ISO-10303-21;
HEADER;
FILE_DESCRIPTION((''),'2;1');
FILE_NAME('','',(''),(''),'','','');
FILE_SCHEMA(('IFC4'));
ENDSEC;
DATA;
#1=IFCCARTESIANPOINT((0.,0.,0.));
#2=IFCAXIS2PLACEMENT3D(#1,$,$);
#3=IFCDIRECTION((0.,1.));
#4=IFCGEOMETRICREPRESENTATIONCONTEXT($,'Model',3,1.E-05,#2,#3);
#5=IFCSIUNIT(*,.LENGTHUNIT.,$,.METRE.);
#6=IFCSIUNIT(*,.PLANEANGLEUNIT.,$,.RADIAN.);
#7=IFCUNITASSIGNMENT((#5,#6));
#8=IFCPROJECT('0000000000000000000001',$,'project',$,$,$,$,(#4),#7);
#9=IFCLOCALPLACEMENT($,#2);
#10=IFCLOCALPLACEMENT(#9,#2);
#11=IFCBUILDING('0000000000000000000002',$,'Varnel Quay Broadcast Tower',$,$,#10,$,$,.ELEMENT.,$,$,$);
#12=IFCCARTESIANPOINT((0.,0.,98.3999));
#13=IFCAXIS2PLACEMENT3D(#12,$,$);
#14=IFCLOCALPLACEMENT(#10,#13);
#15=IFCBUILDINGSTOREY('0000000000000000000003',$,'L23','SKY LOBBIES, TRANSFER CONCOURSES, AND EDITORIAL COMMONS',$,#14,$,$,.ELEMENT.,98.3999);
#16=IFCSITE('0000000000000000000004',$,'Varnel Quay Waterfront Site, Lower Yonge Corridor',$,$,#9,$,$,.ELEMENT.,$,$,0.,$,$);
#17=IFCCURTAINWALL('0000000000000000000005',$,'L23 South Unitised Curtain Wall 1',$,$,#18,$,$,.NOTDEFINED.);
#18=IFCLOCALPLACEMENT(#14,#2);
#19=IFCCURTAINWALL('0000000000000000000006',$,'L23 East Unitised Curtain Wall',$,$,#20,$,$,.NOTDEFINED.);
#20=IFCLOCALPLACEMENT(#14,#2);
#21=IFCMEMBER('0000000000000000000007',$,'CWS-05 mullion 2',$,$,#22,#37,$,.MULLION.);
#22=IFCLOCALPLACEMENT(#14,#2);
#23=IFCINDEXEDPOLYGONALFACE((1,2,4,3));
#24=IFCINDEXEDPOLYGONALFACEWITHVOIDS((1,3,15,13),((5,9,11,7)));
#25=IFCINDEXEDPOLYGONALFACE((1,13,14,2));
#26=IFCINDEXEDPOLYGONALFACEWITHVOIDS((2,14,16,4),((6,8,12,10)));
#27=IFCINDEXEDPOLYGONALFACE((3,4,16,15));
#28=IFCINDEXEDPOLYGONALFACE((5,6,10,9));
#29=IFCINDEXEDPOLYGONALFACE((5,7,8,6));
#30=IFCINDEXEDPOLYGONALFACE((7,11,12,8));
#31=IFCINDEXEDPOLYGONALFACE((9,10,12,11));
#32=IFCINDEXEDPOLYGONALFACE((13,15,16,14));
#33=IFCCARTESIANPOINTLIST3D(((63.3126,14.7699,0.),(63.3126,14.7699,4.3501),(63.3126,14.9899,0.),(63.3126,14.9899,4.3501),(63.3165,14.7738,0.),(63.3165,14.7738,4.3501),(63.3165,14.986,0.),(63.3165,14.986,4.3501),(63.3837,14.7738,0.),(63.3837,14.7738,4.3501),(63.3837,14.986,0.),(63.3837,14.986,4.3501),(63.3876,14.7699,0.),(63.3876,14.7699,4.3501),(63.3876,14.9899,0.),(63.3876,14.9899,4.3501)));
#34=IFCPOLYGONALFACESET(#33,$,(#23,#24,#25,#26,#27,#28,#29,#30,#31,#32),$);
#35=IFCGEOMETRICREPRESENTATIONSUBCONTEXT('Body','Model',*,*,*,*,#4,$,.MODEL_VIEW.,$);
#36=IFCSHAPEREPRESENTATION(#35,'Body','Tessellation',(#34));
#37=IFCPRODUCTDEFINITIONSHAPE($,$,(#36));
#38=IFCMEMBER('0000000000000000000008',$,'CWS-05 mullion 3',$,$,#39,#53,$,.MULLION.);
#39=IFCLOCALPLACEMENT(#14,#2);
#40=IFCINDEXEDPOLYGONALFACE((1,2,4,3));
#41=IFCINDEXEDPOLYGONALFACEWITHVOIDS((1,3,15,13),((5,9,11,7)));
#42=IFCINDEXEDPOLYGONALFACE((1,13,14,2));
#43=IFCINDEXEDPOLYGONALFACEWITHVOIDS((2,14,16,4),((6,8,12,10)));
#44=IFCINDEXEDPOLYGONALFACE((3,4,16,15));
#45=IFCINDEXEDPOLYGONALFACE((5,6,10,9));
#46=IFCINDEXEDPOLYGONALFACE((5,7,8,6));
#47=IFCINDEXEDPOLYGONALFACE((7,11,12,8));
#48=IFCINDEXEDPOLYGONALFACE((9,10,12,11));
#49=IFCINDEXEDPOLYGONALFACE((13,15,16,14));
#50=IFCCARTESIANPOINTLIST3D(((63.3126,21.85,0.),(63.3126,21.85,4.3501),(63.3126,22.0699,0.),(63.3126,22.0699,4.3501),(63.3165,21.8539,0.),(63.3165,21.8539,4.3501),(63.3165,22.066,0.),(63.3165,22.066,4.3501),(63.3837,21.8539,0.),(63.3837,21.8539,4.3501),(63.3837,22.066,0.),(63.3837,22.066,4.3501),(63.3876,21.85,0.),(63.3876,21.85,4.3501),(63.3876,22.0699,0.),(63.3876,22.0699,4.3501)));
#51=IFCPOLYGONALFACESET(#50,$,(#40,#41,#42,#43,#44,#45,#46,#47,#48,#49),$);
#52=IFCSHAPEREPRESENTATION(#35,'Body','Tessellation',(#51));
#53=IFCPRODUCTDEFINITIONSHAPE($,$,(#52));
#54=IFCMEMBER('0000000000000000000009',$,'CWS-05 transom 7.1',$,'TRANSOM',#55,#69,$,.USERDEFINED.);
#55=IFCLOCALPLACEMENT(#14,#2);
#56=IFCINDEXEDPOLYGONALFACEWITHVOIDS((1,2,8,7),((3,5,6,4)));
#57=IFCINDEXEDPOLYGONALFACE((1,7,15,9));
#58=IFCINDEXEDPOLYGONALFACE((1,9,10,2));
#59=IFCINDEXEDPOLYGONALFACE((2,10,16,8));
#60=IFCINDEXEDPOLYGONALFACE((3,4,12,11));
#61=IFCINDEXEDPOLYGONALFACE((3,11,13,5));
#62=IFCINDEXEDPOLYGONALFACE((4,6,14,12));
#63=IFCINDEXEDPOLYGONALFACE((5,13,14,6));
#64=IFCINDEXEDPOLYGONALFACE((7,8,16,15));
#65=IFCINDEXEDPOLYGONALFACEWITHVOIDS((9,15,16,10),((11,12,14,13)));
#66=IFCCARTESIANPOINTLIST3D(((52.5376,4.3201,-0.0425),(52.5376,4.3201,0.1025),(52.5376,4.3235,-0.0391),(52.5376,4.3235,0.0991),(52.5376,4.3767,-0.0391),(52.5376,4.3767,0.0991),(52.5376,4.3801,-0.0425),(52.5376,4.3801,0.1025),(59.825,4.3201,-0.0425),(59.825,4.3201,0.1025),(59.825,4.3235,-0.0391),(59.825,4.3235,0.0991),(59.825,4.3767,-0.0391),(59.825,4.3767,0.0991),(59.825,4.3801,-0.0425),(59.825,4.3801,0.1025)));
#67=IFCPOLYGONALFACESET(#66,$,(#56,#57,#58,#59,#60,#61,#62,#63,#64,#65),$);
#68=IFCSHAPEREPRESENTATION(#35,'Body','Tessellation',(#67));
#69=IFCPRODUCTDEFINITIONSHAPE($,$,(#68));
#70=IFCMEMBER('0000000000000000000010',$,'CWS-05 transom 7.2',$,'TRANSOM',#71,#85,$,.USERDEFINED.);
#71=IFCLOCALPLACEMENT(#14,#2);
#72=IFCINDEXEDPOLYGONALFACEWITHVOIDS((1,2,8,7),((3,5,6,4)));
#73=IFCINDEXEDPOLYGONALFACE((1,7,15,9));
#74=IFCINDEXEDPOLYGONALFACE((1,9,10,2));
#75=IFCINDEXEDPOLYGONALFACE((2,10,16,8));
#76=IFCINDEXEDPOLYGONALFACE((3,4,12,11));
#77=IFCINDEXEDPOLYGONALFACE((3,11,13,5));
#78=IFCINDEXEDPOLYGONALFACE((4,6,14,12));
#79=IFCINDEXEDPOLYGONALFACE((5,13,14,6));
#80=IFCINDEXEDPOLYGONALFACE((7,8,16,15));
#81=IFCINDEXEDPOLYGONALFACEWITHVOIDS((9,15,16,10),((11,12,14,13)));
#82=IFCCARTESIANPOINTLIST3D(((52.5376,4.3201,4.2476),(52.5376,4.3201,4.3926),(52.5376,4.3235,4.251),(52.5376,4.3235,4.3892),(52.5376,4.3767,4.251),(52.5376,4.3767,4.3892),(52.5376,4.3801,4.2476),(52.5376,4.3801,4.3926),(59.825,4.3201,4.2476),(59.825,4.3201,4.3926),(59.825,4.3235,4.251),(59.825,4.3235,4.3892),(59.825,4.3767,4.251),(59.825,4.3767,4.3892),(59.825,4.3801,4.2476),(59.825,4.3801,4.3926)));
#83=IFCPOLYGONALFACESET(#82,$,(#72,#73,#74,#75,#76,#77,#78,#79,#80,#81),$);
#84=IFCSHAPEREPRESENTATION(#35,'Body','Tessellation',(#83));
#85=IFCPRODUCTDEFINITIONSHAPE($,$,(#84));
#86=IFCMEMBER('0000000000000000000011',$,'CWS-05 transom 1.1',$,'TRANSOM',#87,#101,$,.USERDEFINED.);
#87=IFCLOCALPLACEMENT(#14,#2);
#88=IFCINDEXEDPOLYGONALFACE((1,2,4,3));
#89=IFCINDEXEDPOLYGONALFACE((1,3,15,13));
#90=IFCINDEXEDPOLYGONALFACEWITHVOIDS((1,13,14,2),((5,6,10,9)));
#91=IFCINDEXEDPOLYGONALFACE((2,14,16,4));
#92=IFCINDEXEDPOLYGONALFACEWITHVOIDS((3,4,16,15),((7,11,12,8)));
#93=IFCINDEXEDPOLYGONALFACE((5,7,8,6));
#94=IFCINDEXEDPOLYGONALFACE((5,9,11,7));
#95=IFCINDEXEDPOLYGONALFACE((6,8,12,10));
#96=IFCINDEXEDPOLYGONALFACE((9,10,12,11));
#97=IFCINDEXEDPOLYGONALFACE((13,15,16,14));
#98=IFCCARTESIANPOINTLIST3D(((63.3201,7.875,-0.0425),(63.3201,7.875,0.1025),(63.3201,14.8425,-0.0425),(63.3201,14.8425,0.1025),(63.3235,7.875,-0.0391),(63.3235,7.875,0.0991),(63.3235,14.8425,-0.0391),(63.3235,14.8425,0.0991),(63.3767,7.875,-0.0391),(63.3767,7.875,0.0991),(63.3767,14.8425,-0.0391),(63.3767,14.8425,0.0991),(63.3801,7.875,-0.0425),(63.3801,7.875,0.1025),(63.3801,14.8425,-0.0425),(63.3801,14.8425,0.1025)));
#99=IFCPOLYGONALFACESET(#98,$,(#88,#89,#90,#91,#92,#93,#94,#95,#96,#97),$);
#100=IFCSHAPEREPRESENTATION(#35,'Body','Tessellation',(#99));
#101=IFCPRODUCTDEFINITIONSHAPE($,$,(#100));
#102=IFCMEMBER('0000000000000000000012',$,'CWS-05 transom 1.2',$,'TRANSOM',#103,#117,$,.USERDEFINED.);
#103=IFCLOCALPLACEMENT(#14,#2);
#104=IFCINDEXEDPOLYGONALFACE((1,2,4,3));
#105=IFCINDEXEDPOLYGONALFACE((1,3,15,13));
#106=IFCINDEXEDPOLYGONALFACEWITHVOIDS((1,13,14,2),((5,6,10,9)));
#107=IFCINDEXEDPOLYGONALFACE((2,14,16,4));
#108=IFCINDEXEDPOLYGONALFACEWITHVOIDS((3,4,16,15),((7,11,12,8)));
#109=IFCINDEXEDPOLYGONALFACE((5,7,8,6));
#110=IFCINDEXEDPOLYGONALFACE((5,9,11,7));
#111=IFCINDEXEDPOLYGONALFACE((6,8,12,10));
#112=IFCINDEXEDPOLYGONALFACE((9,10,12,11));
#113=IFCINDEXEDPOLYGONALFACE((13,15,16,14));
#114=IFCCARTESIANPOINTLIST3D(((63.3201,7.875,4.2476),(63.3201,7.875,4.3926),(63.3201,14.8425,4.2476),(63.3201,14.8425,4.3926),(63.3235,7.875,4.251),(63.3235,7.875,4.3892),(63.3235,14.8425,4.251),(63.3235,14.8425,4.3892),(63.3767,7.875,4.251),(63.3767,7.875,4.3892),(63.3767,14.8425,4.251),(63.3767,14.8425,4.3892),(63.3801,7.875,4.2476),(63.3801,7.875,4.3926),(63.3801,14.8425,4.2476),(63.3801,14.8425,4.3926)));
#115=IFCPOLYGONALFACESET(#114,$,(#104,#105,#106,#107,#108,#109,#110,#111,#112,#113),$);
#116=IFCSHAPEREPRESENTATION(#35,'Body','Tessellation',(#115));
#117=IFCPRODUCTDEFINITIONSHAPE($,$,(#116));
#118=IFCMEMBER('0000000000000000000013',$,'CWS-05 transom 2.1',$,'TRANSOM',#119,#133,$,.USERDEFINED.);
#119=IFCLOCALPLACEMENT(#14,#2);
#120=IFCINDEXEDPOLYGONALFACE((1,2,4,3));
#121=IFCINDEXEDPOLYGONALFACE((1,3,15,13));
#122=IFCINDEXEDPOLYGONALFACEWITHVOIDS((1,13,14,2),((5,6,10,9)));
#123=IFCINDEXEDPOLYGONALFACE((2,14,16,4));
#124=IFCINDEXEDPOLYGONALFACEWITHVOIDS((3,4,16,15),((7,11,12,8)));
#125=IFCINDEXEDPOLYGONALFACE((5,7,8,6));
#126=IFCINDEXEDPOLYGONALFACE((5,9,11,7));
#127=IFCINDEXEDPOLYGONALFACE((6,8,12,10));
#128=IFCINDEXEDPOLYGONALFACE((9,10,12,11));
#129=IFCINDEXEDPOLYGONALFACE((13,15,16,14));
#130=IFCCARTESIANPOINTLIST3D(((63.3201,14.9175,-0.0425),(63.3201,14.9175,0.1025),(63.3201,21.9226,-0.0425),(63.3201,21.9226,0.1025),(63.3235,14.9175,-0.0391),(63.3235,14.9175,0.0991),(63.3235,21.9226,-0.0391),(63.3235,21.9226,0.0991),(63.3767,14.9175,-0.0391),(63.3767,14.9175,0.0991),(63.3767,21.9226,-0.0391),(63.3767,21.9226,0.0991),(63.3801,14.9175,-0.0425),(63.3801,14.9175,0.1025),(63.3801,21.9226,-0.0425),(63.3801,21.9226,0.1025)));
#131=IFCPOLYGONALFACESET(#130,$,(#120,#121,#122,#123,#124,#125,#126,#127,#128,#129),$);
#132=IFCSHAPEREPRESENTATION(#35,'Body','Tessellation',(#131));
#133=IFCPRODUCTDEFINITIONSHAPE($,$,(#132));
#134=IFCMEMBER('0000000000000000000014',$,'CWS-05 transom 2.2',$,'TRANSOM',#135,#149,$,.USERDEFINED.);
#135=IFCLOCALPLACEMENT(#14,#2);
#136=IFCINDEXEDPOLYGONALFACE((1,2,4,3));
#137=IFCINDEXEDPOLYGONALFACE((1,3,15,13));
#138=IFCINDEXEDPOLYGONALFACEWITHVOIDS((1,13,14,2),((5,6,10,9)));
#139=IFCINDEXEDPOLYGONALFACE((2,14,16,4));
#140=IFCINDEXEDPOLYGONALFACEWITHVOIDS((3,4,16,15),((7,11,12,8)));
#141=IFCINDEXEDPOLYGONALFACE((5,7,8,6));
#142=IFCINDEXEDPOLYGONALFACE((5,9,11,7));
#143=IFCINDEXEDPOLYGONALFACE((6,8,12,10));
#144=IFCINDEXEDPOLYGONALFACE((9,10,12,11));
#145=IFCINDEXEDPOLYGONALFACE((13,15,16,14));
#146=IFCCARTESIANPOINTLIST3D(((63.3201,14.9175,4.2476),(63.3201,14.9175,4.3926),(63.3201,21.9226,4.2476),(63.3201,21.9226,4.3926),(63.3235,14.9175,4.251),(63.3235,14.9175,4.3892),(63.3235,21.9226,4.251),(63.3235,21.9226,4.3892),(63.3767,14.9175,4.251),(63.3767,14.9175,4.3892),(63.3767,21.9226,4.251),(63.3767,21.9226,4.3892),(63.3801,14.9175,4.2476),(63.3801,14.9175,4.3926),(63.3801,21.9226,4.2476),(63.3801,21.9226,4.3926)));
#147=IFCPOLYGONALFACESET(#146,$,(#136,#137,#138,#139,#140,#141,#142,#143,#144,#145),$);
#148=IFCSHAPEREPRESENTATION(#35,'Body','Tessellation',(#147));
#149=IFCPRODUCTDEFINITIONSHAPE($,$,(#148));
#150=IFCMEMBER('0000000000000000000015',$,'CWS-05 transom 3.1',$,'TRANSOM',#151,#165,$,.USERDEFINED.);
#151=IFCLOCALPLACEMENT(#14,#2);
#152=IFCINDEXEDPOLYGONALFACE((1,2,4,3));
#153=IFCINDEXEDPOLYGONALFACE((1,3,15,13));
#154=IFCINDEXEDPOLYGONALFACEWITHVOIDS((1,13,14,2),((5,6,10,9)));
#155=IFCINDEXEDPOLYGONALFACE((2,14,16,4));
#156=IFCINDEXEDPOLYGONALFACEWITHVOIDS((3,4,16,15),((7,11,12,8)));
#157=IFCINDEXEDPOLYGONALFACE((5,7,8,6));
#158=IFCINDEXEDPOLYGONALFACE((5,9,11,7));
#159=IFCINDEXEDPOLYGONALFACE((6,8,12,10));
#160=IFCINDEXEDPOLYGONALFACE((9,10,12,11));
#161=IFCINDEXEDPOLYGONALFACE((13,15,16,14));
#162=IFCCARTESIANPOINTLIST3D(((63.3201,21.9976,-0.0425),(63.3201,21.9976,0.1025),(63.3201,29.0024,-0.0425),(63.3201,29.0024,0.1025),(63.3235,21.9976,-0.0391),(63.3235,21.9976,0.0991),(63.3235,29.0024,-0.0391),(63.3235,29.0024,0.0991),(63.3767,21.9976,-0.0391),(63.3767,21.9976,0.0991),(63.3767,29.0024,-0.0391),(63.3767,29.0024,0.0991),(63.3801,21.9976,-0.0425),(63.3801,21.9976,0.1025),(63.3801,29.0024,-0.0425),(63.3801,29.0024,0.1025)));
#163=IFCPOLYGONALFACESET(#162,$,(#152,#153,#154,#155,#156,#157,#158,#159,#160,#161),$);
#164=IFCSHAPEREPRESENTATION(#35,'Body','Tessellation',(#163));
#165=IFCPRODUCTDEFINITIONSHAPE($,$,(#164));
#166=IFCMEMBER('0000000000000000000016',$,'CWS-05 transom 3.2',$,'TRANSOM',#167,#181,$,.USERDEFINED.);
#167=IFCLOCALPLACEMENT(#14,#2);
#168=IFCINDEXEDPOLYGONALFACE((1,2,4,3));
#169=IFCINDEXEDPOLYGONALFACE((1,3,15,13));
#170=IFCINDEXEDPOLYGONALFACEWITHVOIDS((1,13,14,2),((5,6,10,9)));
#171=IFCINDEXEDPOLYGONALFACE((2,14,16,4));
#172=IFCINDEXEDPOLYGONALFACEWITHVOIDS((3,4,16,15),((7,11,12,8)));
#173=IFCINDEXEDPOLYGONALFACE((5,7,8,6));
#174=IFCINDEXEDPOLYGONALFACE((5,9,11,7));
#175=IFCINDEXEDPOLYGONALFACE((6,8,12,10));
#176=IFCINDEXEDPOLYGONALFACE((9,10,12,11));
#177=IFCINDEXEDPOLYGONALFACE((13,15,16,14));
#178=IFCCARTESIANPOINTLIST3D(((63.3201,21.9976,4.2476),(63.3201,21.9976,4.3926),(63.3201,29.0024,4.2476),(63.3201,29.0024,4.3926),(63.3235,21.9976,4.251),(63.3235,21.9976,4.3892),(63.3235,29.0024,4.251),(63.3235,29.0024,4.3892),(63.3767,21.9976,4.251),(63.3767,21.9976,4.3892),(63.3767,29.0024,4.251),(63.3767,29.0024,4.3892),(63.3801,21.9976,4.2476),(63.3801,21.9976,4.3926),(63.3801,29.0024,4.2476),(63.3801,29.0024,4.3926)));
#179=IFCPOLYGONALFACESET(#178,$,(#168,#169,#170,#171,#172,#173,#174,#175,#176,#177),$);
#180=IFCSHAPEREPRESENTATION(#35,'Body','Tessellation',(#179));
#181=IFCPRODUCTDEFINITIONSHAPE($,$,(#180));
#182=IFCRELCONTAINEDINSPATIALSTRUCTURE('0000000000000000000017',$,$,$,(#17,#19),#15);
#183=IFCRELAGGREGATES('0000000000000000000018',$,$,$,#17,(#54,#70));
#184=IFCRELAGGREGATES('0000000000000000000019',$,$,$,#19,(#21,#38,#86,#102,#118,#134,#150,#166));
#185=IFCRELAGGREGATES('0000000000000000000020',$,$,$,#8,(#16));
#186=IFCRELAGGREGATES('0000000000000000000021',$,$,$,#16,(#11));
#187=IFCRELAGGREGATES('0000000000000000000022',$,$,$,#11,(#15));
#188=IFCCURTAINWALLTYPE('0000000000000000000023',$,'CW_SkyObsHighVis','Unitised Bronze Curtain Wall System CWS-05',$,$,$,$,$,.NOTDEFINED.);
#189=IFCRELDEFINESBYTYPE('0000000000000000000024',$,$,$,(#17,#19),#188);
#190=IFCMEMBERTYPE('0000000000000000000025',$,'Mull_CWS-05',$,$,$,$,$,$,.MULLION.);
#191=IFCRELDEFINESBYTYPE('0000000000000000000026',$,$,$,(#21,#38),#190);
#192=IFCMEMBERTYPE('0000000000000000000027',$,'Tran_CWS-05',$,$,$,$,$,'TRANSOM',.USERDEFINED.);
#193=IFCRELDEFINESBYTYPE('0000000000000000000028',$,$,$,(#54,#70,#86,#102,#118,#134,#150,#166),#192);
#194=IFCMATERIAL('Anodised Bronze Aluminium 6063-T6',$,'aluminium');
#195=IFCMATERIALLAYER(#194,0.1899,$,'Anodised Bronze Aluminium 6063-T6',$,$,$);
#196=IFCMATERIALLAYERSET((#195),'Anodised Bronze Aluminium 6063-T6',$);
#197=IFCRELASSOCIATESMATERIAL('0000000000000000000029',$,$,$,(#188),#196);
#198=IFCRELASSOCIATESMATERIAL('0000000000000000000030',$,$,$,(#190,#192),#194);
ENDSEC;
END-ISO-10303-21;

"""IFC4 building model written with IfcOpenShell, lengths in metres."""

from ifc_helpers import new_model, si_unit, direction, frame, origin, origin_2d, place, context, subcontext, project, spatial, hollow_rectangle, extrude, source, transform, mapped, material, layer, layer_set, material_profile, profile_set, type_object, type_shapes, element, aggregate, save


model = new_model("IFC4")

# Units and contexts
model_context = context("Model", 3, precision=1e-05, world=origin(), true_north=direction((0.0, 1.0)))
body_context = subcontext(model_context, "Body", "Model", "MODEL_VIEW")
ifc_project = project(units=[si_unit("LENGTHUNIT", "METRE"), si_unit("PLANEANGLEUNIT", "RADIAN")], contexts=[model_context])

# Site, building, storey
site_placement = place(None, origin())
site = spatial("IfcSite", under=ifc_project, at=site_placement, Name="Varnel Quay Waterfront Site, Lower Yonge Corridor", CompositionType="ELEMENT", RefElevation=0.0)
building_placement = place(site_placement, origin())
building = spatial("IfcBuilding", under=site, at=building_placement, Name="Varnel Quay Broadcast Tower", CompositionType="ELEMENT")
storey_placement = place(building_placement, frame((0.0, 0.0, 98.3999)))
storey = spatial("IfcBuildingStorey", under=building, at=storey_placement, Name="L23", Description="SKY LOBBIES, TRANSFER CONCOURSES, AND EDITORIAL COMMONS", CompositionType="ELEMENT", Elevation=98.3999)

# Curtain walls, members
ifc_material_1 = material(Name="Anodised Bronze Aluminium 6063-T6", Category="aluminium")
ifc_layer_1 = layer(ifc_material_1, 0.1899, Name="Anodised Bronze Aluminium 6063-T6")
ifc_layer_set_1 = layer_set([ifc_layer_1], Name="Anodised Bronze Aluminium 6063-T6")
curtain_wall_type_1 = type_object("IfcCurtainWallType", Name="CW_SkyObsHighVis", Description="Unitised Bronze Curtain Wall System CWS-05", PredefinedType="NOTDEFINED", material=ifc_layer_set_1)
curtain_wall_1_placement = place(storey_placement, origin())
curtain_wall_1 = element("IfcCurtainWall", 1, at=curtain_wall_1_placement, inside=storey, type_object=curtain_wall_type_1, Name="L23 South Unitised Curtain Wall 1", PredefinedType="NOTDEFINED")
ifc_material_profile_1 = material_profile(ifc_material_1, hollow_rectangle(XDim=0.075, YDim=0.22, WallThickness=0.0039, at=origin_2d()), Name="ALU75X220X4")
ifc_profile_set_1 = profile_set([ifc_material_profile_1], Name="Anodised Bronze Aluminium 6063-T6")
member_type_1 = type_object("IfcMemberType", Name="Mull_CWS-05", PredefinedType="MULLION", material=ifc_profile_set_1)
shared_shape_1 = source(origin(), body_context, "Body", "SweptSolid", [
    extrude(hollow_rectangle(XDim=0.075, YDim=0.22, WallThickness=0.0039, at=origin_2d()), origin(), (0.0, 0.0, 1.0), 4.3501),
])
type_shapes(member_type_1, [shared_shape_1])
curtain_wall_2_placement = place(storey_placement, origin())
curtain_wall_2 = element("IfcCurtainWall", 2, at=curtain_wall_2_placement, inside=storey, type_object=curtain_wall_type_1, Name="L23 East Unitised Curtain Wall", PredefinedType="NOTDEFINED")
member_1_placement = place(storey_placement, frame((63.3501, 14.8799, 0.0), z_axis=(0.0, 0.0, 1.0), x_axis=(-1.0, 0.0, 0.0)))
member_1 = element("IfcMember", 3, at=member_1_placement, type_object=member_type_1, Name="CWS-05 mullion 2", PredefinedType="MULLION", context=body_context, shape_type="MappedRepresentation", body=[
    mapped(shared_shape_1, transform((0.0, 0.0, 0.0), x_axis=(1.0, 0.0, 0.0), y_axis=(0.0, 1.0, 0.0), z_axis=(0.0, 0.0, 1.0), scale=1.0)),
])
member_2_placement = place(storey_placement, frame((63.3501, 21.96, 0.0), z_axis=(0.0, 0.0, 1.0), x_axis=(-1.0, 0.0, 0.0)))
member_2 = element("IfcMember", 4, at=member_2_placement, type_object=member_type_1, Name="CWS-05 mullion 3", PredefinedType="MULLION", context=body_context, shape_type="MappedRepresentation", body=[
    mapped(shared_shape_1, transform((0.0, 0.0, 0.0), x_axis=(1.0, 0.0, 0.0), y_axis=(0.0, 1.0, 0.0), z_axis=(0.0, 0.0, 1.0), scale=1.0)),
])

# Members
ifc_material_profile_2 = material_profile(ifc_material_1, hollow_rectangle(XDim=0.0601, YDim=0.145, WallThickness=0.0034, at=origin_2d()), Name="ALU60X145X3.5")
ifc_profile_set_2 = profile_set([ifc_material_profile_2], Name="Anodised Bronze Aluminium 6063-T6")
member_type_2 = type_object("IfcMemberType", Name="Tran_CWS-05", ElementType="TRANSOM", PredefinedType="USERDEFINED", material=ifc_profile_set_2)
shared_shape_2 = source(origin(), body_context, "Body", "SweptSolid", [
    extrude(hollow_rectangle(XDim=0.0601, YDim=0.145, WallThickness=0.0034, at=origin_2d()), origin(), (0.0, 0.0, 1.0), 7.2874),
])
member_3_placement = place(storey_placement, frame((52.5376, 4.3501, 0.03), z_axis=(1.0, 0.0, 0.0), x_axis=(0.0, 1.0, 0.0)))
member_3 = element("IfcMember", 5, at=member_3_placement, type_object=member_type_2, Name="CWS-05 transom 7.1", ObjectType="TRANSOM", PredefinedType="USERDEFINED", context=body_context, shape_type="MappedRepresentation", body=[
    mapped(shared_shape_2, transform((0.0, 0.0, 0.0), x_axis=(1.0, 0.0, 0.0), y_axis=(0.0, 1.0, 0.0), z_axis=(0.0, 0.0, 1.0), scale=1.0)),
])
member_4_placement = place(storey_placement, frame((52.5376, 4.3501, 4.3201), z_axis=(1.0, 0.0, 0.0), x_axis=(0.0, 1.0, 0.0)))
member_4 = element("IfcMember", 6, at=member_4_placement, type_object=member_type_2, Name="CWS-05 transom 7.2", ObjectType="TRANSOM", PredefinedType="USERDEFINED", context=body_context, shape_type="MappedRepresentation", body=[
    mapped(shared_shape_2, transform((0.0, 0.0, 0.0), x_axis=(1.0, 0.0, 0.0), y_axis=(0.0, 1.0, 0.0), z_axis=(0.0, 0.0, 1.0), scale=1.0)),
])
shared_shape_3 = source(origin(), body_context, "Body", "SweptSolid", [
    extrude(hollow_rectangle(XDim=0.0601, YDim=0.145, WallThickness=0.0034, at=origin_2d()), origin(), (0.0, 0.0, 1.0), 6.9675),
])
member_5_placement = place(storey_placement, frame((63.3501, 7.875, 0.03), z_axis=(0.0, 1.0, 0.0), x_axis=(-1.0, 0.0, 0.0)))
member_5 = element("IfcMember", 7, at=member_5_placement, type_object=member_type_2, Name="CWS-05 transom 1.1", ObjectType="TRANSOM", PredefinedType="USERDEFINED", context=body_context, shape_type="MappedRepresentation", body=[
    mapped(shared_shape_3, transform((0.0, 0.0, 0.0), x_axis=(1.0, 0.0, 0.0), y_axis=(0.0, 1.0, 0.0), z_axis=(0.0, 0.0, 1.0), scale=1.0)),
])
member_6_placement = place(storey_placement, frame((63.3501, 7.875, 4.3201), z_axis=(0.0, 1.0, 0.0), x_axis=(-1.0, 0.0, 0.0)))
member_6 = element("IfcMember", 8, at=member_6_placement, type_object=member_type_2, Name="CWS-05 transom 1.2", ObjectType="TRANSOM", PredefinedType="USERDEFINED", context=body_context, shape_type="MappedRepresentation", body=[
    mapped(shared_shape_3, transform((0.0, 0.0, 0.0), x_axis=(1.0, 0.0, 0.0), y_axis=(0.0, 1.0, 0.0), z_axis=(0.0, 0.0, 1.0), scale=1.0)),
])
shared_shape_4 = source(origin(), body_context, "Body", "SweptSolid", [
    extrude(hollow_rectangle(XDim=0.0601, YDim=0.145, WallThickness=0.0034, at=origin_2d()), origin(), (0.0, 0.0, 1.0), 7.0051),
])
member_7_placement = place(storey_placement, frame((63.3501, 14.9175, 0.03), z_axis=(0.0, 1.0, 0.0), x_axis=(-1.0, 0.0, 0.0)))
member_7 = element("IfcMember", 9, at=member_7_placement, type_object=member_type_2, Name="CWS-05 transom 2.1", ObjectType="TRANSOM", PredefinedType="USERDEFINED", context=body_context, shape_type="MappedRepresentation", body=[
    mapped(shared_shape_4, transform((0.0, 0.0, 0.0), x_axis=(1.0, 0.0, 0.0), y_axis=(0.0, 1.0, 0.0), z_axis=(0.0, 0.0, 1.0), scale=1.0)),
])
member_8_placement = place(storey_placement, frame((63.3501, 14.9175, 4.3201), z_axis=(0.0, 1.0, 0.0), x_axis=(-1.0, 0.0, 0.0)))
member_8 = element("IfcMember", 10, at=member_8_placement, type_object=member_type_2, Name="CWS-05 transom 2.2", ObjectType="TRANSOM", PredefinedType="USERDEFINED", context=body_context, shape_type="MappedRepresentation", body=[
    mapped(shared_shape_4, transform((0.0, 0.0, 0.0), x_axis=(1.0, 0.0, 0.0), y_axis=(0.0, 1.0, 0.0), z_axis=(0.0, 0.0, 1.0), scale=1.0)),
])
shared_shape_5 = source(origin(), body_context, "Body", "SweptSolid", [
    extrude(hollow_rectangle(XDim=0.0601, YDim=0.145, WallThickness=0.0034, at=origin_2d()), origin(), (0.0, 0.0, 1.0), 7.0049),
])
type_shapes(member_type_2, [shared_shape_2, shared_shape_3, shared_shape_4, shared_shape_5])
member_9_placement = place(storey_placement, frame((63.3501, 21.9976, 0.03), z_axis=(0.0, 1.0, 0.0), x_axis=(-1.0, 0.0, 0.0)))
member_9 = element("IfcMember", 11, at=member_9_placement, type_object=member_type_2, Name="CWS-05 transom 3.1", ObjectType="TRANSOM", PredefinedType="USERDEFINED", context=body_context, shape_type="MappedRepresentation", body=[
    mapped(shared_shape_5, transform((0.0, 0.0, 0.0), x_axis=(1.0, 0.0, 0.0), y_axis=(0.0, 1.0, 0.0), z_axis=(0.0, 0.0, 1.0), scale=1.0)),
])
member_10_placement = place(storey_placement, frame((63.3501, 21.9976, 4.3201), z_axis=(0.0, 1.0, 0.0), x_axis=(-1.0, 0.0, 0.0)))
member_10 = element("IfcMember", 12, at=member_10_placement, type_object=member_type_2, Name="CWS-05 transom 3.2", ObjectType="TRANSOM", PredefinedType="USERDEFINED", context=body_context, shape_type="MappedRepresentation", body=[
    mapped(shared_shape_5, transform((0.0, 0.0, 0.0), x_axis=(1.0, 0.0, 0.0), y_axis=(0.0, 1.0, 0.0), z_axis=(0.0, 0.0, 1.0), scale=1.0)),
])

aggregate(curtain_wall_1, [member_3, member_4])
aggregate(curtain_wall_2, [member_1, member_2, member_5, member_6, member_7, member_8, member_9, member_10])

save(model, "model.ifc")
